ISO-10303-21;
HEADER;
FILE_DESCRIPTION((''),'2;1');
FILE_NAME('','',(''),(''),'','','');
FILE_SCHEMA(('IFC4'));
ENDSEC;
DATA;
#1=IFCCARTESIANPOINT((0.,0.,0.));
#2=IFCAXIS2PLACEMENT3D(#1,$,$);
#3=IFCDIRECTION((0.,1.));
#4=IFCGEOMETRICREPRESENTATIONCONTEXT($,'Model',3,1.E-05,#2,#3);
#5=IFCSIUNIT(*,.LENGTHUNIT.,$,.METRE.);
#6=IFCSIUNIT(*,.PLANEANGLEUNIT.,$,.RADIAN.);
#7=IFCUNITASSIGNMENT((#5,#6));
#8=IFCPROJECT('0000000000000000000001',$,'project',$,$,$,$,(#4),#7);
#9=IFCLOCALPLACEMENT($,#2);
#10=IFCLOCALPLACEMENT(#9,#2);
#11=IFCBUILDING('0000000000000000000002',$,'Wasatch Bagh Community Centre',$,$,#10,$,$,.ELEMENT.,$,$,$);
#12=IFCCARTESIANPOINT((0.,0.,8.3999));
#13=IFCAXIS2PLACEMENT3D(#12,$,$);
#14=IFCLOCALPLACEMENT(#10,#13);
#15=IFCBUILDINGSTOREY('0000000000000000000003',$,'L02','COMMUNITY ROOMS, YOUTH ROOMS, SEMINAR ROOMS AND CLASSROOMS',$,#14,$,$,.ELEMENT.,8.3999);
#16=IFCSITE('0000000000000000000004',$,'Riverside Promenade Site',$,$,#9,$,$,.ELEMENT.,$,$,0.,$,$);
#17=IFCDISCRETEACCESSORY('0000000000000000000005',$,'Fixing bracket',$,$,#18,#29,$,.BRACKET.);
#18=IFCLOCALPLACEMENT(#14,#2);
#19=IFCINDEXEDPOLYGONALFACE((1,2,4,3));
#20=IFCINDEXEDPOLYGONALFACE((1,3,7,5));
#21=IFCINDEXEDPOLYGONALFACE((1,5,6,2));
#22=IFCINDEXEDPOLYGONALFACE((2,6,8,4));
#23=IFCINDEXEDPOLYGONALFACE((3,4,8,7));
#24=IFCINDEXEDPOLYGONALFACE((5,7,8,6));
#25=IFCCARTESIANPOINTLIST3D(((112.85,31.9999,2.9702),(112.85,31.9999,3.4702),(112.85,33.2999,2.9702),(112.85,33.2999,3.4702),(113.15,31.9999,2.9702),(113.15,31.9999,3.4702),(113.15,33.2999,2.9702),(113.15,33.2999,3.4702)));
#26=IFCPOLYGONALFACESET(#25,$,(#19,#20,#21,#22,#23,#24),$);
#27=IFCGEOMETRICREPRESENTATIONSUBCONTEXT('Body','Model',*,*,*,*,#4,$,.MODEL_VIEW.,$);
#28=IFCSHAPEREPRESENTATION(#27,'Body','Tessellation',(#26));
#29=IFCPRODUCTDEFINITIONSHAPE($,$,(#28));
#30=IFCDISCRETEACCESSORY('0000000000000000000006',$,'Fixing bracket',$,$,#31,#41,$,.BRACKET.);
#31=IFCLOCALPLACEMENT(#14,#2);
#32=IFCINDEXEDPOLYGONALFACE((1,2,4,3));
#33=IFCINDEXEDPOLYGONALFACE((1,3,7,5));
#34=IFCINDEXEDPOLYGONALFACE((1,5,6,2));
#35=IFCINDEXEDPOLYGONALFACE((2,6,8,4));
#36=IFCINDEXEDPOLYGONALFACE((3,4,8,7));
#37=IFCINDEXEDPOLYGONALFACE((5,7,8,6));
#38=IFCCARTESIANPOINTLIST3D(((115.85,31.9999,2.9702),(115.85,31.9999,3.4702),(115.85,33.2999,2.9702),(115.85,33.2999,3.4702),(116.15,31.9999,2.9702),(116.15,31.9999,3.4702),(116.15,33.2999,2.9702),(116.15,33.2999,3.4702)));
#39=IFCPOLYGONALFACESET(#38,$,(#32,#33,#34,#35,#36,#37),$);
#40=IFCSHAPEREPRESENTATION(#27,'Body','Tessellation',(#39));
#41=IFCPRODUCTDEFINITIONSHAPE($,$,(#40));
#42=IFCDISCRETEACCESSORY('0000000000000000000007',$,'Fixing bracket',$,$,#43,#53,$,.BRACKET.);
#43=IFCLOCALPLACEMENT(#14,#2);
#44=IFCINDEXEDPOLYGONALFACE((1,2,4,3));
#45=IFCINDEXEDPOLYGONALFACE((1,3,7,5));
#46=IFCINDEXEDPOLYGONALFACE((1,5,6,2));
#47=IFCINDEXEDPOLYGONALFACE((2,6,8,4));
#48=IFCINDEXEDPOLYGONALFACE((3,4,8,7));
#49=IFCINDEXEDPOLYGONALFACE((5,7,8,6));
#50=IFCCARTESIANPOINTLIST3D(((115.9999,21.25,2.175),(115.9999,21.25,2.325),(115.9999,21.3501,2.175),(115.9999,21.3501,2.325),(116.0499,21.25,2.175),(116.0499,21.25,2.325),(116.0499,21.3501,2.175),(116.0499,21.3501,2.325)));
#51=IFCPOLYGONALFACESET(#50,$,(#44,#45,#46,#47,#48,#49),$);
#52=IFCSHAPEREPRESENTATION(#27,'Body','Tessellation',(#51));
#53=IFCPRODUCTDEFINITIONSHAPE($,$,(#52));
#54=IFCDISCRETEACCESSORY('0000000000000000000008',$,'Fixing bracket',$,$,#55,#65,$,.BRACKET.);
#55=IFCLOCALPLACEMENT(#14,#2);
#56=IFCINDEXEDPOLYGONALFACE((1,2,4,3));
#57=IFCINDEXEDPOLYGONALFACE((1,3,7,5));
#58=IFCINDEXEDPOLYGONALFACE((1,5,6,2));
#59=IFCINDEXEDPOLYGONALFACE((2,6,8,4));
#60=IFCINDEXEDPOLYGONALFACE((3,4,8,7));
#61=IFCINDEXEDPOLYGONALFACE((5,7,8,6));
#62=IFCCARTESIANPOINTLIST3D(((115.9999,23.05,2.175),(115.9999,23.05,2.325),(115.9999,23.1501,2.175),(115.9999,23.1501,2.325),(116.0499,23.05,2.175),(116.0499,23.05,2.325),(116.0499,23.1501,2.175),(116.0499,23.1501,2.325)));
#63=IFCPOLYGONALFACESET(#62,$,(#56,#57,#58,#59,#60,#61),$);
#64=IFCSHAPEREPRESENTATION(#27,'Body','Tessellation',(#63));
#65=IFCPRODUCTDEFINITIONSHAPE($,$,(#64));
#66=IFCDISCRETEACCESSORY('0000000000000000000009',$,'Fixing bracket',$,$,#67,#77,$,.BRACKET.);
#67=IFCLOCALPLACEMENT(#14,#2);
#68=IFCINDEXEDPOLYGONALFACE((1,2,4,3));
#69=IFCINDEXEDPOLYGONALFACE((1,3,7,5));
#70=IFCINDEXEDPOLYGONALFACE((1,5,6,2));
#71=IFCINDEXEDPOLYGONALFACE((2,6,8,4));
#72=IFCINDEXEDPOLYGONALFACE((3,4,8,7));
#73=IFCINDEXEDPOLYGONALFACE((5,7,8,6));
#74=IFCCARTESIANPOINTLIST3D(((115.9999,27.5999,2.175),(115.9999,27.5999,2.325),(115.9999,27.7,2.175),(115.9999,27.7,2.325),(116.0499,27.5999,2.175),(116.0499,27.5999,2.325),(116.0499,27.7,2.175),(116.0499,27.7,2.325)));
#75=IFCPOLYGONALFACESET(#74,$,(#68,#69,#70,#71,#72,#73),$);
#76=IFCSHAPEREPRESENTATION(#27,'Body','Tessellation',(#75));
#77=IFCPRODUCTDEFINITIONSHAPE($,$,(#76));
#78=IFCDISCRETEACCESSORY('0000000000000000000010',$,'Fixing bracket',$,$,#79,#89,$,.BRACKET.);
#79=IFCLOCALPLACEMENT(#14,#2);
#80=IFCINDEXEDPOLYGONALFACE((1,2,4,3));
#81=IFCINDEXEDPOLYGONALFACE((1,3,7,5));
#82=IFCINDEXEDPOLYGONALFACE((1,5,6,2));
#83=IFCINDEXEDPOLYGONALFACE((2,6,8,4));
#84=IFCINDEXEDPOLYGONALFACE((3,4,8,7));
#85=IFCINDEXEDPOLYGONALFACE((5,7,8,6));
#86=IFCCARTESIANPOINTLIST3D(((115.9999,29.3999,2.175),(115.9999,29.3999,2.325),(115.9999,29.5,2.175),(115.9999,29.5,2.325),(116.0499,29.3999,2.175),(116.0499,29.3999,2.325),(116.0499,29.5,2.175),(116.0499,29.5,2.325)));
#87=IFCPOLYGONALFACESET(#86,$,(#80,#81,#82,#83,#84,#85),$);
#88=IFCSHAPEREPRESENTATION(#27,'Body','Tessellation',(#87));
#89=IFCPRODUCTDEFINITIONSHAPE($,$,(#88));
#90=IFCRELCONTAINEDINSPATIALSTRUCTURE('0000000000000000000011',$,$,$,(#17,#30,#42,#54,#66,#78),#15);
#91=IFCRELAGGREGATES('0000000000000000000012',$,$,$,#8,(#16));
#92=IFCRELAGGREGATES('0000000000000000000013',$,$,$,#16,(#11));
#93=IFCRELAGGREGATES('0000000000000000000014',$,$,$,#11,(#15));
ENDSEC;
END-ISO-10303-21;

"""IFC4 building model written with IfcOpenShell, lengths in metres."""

from ifc_helpers import new_model, si_unit, direction, frame, origin, origin_2d, place, context, subcontext, project, spatial, rectangle, extrude, element, save


model = new_model("IFC4")

# Units and contexts
model_context = context("Model", 3, precision=1e-05, world=origin(), true_north=direction((0.0, 1.0)))
body_context = subcontext(model_context, "Body", "Model", "MODEL_VIEW")
ifc_project = project(units=[si_unit("LENGTHUNIT", "METRE"), si_unit("PLANEANGLEUNIT", "RADIAN")], contexts=[model_context])

# Site, building, storey
site_placement = place(None, origin())
site = spatial("IfcSite", under=ifc_project, at=site_placement, Name="Riverside Promenade Site", CompositionType="ELEMENT", RefElevation=0.0)
building_placement = place(site_placement, origin())
building = spatial("IfcBuilding", under=site, at=building_placement, Name="Wasatch Bagh Community Centre", CompositionType="ELEMENT")
storey_placement = place(building_placement, frame((0.0, 0.0, 8.3999)))
storey = spatial("IfcBuildingStorey", under=building, at=storey_placement, Name="L02", Description="COMMUNITY ROOMS, YOUTH ROOMS, SEMINAR ROOMS AND CLASSROOMS", CompositionType="ELEMENT", Elevation=8.3999)

# Discrete accessories
for number, where, z_axis, x_axis, name in (
    (1, (113.0, 32.6499, 2.9702), (0.0, 0.0, 1.0), (1.0, 0.0, 0.0), "Fixing bracket"),
    (2, (116.0, 32.6499, 2.9702), (0.0, 0.0, 1.0), (1.0, 0.0, 0.0), "Fixing bracket"),
):
    element("IfcDiscreteAccessory", number, at=place(storey_placement, frame(where, z_axis=z_axis, x_axis=x_axis)), inside=storey, Name=name, PredefinedType="BRACKET", context=body_context, shape_type="SweptSolid", body=[
        extrude(rectangle(XDim=0.3, YDim=1.3, at=origin_2d()), origin(), (0.0, 0.0, 1.0), 0.5),
    ])
for number, where, z_axis, x_axis, name in (
    (3, (116.0249, 21.3, 2.175), (0.0, 0.0, 1.0), (1.0, 0.0, 0.0), "Fixing bracket"),
    (4, (116.0249, 23.1001, 2.175), (0.0, 0.0, 1.0), (1.0, 0.0, 0.0), "Fixing bracket"),
    (5, (116.0249, 27.6499, 2.175), (0.0, 0.0, 1.0), (1.0, 0.0, 0.0), "Fixing bracket"),
    (6, (116.0249, 29.45, 2.175), (0.0, 0.0, 1.0), (1.0, 0.0, 0.0), "Fixing bracket"),
):
    element("IfcDiscreteAccessory", number, at=place(storey_placement, frame(where, z_axis=z_axis, x_axis=x_axis)), inside=storey, Name=name, PredefinedType="BRACKET", context=body_context, shape_type="SweptSolid", body=[
        extrude(rectangle(XDim=0.05, YDim=0.1001, at=origin_2d()), origin(), (0.0, 0.0, 1.0), 0.1499),
    ])

save(model, "model.ifc")
